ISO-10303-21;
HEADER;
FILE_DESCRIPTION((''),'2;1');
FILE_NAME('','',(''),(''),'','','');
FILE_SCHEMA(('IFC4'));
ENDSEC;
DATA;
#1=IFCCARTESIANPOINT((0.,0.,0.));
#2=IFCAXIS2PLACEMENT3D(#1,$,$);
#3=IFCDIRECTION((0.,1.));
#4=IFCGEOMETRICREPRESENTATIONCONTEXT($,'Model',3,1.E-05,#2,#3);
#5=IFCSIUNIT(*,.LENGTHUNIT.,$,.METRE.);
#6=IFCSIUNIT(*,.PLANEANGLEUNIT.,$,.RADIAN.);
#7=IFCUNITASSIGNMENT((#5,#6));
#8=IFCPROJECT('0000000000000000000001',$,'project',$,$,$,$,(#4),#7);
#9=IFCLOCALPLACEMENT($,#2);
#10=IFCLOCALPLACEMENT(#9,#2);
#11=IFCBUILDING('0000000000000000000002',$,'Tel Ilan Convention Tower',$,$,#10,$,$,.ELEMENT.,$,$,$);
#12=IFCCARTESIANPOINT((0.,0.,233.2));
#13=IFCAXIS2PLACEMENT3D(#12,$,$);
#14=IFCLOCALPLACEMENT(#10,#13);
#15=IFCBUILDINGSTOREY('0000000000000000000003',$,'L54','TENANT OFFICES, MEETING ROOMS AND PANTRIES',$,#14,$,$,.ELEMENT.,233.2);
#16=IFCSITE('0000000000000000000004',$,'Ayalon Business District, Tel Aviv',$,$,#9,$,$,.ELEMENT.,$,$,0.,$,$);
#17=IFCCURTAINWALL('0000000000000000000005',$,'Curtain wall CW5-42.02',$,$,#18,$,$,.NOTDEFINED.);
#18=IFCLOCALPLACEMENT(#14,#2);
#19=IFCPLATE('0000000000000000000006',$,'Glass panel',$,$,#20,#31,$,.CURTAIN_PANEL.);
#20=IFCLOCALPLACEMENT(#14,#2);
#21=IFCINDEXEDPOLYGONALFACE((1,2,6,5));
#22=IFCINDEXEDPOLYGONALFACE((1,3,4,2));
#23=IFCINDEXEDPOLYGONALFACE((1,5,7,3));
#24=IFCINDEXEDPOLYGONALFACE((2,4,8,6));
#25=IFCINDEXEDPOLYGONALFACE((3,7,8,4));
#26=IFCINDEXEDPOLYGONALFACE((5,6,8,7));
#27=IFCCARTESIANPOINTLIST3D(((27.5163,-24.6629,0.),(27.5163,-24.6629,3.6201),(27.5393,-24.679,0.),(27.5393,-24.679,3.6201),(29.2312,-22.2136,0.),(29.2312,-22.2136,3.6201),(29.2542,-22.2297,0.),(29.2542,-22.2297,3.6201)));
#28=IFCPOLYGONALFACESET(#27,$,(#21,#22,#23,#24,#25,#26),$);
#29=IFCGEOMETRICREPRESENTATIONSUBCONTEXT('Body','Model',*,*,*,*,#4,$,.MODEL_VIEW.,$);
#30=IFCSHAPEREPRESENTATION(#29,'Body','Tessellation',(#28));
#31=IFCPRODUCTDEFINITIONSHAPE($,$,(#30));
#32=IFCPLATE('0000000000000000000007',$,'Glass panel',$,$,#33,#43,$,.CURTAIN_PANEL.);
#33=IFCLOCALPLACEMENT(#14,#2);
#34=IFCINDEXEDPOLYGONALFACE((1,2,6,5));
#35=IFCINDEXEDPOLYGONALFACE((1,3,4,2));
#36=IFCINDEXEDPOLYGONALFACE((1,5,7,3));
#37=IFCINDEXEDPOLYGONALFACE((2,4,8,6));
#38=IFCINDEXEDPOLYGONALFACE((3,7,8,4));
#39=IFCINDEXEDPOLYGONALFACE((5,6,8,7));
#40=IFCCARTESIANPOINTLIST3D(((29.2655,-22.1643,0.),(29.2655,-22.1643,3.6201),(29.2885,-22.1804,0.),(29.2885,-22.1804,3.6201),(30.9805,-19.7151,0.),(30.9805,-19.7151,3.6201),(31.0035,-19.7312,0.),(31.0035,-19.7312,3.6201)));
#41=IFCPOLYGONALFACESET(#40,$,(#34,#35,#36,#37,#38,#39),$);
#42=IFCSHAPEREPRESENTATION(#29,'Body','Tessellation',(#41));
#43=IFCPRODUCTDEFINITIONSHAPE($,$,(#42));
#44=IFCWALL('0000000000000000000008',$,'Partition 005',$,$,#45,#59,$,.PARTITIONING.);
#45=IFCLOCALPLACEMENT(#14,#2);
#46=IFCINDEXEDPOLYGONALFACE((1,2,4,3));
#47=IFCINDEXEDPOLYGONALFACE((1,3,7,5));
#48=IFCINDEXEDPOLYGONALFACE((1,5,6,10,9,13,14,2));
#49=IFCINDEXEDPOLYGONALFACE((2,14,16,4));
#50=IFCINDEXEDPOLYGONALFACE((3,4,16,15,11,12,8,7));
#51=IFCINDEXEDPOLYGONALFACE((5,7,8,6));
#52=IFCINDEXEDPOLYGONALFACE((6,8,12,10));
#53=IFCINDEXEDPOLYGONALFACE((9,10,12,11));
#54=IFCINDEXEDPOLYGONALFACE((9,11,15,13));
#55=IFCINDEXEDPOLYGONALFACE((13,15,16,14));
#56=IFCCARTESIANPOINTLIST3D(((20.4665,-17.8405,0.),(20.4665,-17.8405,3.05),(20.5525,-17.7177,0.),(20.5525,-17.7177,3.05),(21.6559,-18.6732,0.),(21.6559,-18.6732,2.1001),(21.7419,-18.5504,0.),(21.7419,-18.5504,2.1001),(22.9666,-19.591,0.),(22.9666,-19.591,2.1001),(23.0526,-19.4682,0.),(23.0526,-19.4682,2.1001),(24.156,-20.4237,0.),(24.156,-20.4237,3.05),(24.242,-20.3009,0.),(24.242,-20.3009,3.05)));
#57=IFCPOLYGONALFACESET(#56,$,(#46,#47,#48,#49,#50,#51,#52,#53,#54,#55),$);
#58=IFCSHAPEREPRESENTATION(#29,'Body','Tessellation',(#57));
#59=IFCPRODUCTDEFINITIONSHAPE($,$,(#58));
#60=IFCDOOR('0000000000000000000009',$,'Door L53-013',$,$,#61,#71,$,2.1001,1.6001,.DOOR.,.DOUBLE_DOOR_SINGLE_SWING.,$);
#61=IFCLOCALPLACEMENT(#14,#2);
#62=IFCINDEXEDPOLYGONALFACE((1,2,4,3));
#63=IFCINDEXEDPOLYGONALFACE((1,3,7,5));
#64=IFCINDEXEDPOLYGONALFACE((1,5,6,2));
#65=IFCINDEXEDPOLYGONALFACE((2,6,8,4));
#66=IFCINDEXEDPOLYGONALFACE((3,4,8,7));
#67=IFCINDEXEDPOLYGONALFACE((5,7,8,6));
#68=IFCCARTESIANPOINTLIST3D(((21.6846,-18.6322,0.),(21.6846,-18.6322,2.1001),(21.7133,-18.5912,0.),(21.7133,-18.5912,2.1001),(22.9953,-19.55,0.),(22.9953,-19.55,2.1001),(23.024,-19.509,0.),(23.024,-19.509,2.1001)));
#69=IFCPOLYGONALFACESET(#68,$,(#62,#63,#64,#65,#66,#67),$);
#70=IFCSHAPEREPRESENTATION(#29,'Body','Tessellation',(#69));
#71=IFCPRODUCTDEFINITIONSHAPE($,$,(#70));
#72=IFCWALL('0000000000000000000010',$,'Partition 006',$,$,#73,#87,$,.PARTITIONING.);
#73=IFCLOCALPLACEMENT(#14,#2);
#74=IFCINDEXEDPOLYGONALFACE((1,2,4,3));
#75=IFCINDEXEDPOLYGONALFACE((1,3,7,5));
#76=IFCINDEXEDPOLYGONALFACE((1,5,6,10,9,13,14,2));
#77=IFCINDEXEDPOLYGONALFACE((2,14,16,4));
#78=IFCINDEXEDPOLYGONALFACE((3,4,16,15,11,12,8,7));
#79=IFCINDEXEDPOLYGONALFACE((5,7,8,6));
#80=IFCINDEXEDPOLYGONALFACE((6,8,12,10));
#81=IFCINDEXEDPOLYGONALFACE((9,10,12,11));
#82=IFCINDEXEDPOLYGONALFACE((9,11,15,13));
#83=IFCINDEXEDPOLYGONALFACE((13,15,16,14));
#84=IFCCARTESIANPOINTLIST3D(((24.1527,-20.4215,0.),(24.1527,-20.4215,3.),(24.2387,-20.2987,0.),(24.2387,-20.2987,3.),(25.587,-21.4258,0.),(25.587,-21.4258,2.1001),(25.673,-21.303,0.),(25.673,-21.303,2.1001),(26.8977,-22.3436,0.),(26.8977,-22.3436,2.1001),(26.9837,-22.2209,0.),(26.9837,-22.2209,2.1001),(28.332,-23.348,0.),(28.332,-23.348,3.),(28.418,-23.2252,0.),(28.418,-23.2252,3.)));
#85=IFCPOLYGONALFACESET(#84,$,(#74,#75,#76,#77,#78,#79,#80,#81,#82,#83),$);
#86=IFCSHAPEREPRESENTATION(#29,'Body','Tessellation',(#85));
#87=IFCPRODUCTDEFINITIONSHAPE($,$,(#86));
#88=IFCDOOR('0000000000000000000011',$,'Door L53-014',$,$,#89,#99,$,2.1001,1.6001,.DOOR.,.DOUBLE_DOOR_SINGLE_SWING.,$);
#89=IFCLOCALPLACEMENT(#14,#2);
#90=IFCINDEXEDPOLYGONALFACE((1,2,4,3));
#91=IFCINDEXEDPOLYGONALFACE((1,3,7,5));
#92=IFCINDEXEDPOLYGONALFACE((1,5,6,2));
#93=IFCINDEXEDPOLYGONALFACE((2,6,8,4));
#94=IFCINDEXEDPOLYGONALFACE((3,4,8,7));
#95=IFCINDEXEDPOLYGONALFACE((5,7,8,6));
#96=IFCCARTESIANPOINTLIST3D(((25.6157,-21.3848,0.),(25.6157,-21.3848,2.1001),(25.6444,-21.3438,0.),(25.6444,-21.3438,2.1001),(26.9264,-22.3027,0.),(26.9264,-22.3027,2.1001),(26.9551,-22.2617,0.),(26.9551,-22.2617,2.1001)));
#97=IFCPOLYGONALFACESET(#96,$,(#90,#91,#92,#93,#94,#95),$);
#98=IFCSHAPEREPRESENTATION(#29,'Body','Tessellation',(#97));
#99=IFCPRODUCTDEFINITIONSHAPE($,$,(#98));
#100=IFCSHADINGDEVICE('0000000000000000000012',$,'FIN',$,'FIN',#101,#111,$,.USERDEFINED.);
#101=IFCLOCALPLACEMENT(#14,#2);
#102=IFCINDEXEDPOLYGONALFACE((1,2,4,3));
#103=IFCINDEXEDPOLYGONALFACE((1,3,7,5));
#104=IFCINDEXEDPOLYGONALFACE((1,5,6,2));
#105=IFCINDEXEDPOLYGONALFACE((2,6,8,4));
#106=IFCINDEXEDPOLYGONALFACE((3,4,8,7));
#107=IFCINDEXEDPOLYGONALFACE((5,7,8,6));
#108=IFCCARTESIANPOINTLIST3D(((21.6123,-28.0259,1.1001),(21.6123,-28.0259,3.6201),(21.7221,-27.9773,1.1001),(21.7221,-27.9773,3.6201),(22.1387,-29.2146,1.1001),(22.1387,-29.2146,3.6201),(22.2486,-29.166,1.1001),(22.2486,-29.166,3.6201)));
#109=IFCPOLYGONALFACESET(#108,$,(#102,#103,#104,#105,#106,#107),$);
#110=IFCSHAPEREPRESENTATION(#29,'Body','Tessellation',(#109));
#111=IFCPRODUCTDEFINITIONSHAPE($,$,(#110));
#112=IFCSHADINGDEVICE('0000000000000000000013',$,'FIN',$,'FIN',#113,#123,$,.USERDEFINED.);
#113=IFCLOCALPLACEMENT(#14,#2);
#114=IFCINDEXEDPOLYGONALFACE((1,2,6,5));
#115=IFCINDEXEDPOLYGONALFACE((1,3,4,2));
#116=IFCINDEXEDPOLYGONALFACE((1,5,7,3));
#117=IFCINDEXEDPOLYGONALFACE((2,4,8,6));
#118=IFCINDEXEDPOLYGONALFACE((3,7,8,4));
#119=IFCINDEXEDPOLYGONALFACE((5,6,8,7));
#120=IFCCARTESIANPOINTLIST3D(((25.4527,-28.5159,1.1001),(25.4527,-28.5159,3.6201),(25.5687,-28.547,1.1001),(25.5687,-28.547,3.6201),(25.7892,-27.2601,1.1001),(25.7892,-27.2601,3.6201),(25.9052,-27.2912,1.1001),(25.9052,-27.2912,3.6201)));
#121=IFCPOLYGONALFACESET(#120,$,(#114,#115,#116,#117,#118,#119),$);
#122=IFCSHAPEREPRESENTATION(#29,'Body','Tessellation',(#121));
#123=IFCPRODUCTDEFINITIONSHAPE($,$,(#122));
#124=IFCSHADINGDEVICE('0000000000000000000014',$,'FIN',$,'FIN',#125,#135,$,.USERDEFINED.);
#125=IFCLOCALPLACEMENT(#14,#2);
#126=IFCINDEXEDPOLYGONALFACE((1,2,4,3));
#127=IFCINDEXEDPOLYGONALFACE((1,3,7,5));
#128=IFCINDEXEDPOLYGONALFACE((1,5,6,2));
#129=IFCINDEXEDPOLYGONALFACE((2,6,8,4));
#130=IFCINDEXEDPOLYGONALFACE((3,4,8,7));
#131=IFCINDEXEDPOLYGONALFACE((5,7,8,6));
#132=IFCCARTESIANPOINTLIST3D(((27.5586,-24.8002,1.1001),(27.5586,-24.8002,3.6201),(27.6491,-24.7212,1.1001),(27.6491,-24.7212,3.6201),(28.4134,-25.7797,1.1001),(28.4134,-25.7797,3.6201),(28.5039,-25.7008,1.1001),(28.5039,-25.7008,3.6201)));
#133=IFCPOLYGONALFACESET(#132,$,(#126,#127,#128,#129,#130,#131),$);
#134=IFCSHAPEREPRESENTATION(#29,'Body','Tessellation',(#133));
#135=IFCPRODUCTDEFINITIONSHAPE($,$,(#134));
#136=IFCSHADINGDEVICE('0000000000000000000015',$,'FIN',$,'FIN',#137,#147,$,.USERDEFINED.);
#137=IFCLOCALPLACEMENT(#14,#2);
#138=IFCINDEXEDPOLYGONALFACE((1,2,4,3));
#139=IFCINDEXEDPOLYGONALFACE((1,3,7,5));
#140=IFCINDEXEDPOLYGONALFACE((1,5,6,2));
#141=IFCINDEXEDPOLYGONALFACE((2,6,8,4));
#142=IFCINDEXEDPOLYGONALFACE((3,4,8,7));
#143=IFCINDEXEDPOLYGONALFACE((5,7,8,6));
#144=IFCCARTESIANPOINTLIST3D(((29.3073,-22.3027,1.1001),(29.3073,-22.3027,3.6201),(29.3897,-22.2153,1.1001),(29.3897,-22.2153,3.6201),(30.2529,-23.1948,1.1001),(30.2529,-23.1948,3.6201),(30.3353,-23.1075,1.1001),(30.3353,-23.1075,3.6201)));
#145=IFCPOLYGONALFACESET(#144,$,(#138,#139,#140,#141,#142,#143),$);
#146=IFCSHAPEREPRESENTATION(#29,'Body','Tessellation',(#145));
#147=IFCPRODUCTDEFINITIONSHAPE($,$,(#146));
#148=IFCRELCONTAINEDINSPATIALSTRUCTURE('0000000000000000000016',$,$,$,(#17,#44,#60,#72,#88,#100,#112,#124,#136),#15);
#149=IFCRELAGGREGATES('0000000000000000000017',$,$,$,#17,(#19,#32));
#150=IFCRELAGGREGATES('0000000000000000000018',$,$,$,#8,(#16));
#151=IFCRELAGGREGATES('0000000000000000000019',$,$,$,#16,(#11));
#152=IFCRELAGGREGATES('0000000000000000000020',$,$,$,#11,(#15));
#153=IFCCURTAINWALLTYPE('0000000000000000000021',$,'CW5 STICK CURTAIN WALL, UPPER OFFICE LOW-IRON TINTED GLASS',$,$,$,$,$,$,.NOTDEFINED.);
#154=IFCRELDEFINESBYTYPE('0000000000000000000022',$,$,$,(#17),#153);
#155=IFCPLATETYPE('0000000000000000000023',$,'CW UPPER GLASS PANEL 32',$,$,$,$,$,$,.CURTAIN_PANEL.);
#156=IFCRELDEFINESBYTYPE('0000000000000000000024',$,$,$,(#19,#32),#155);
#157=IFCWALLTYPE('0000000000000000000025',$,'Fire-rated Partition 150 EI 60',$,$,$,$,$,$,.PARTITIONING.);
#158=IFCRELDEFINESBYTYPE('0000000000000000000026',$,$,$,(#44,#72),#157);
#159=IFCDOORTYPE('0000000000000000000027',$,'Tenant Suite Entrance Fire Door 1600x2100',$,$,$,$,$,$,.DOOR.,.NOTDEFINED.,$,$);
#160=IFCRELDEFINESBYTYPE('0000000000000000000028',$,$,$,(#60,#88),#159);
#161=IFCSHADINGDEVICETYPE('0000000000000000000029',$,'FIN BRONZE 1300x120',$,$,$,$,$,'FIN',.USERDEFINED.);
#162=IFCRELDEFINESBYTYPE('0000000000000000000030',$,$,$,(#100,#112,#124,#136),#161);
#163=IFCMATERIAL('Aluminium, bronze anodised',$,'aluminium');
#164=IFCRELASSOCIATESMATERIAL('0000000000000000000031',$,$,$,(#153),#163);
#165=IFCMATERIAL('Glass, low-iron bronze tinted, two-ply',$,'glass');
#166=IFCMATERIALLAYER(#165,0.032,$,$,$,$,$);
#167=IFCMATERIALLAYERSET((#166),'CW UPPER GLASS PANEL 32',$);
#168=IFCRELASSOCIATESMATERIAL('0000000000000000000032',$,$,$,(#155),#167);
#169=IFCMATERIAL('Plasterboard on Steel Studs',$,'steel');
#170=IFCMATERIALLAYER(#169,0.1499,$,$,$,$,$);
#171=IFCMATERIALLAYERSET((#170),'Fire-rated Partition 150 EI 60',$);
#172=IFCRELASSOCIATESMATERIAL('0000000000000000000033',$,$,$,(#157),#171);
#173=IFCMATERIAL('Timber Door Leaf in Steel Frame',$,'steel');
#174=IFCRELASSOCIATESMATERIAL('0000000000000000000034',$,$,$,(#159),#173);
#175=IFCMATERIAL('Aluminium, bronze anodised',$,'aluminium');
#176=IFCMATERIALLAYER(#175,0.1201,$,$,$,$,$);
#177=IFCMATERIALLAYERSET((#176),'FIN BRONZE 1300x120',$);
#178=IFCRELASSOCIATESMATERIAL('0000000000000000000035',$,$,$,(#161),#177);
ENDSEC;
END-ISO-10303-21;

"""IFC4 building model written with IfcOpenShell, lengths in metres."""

from ifc_helpers import new_model, si_unit, direction, frame, frame_2d, origin, origin_2d, place, context, subcontext, project, spatial, rectangle, extrude, material, layer, layer_set, type_object, element, fill, aggregate, save


model = new_model("IFC4")

# Units and contexts
model_context = context("Model", 3, precision=1e-05, world=origin(), true_north=direction((0.0, 1.0)))
body_context = subcontext(model_context, "Body", "Model", "MODEL_VIEW")
ifc_project = project(units=[si_unit("LENGTHUNIT", "METRE"), si_unit("PLANEANGLEUNIT", "RADIAN")], contexts=[model_context])

# Site, building, storey
site_placement = place(None, origin())
site = spatial("IfcSite", under=ifc_project, at=site_placement, Name="Ayalon Business District, Tel Aviv", CompositionType="ELEMENT", RefElevation=0.0)
building_placement = place(site_placement, origin())
building = spatial("IfcBuilding", under=site, at=building_placement, Name="Tel Ilan Convention Tower", CompositionType="ELEMENT")
storey_placement = place(building_placement, frame((0.0, 0.0, 233.2)))
storey = spatial("IfcBuildingStorey", under=building, at=storey_placement, Name="L54", Description="TENANT OFFICES, MEETING ROOMS AND PANTRIES", CompositionType="ELEMENT", Elevation=233.2)

# Curtain wall, plates
ifc_material_1 = material(Name="Aluminium, bronze anodised", Category="aluminium")
curtain_wall_type = type_object("IfcCurtainWallType", Name="CW5 STICK CURTAIN WALL, UPPER OFFICE LOW-IRON TINTED GLASS", PredefinedType="NOTDEFINED", material=ifc_material_1)
curtain_wall_placement = place(storey_placement, origin())
curtain_wall = element("IfcCurtainWall", 1, at=curtain_wall_placement, inside=storey, type_object=curtain_wall_type, Name="Curtain wall CW5-42.02", PredefinedType="NOTDEFINED")
ifc_material_2 = material(Name="Glass, low-iron bronze tinted, two-ply", Category="glass")
ifc_layer_1 = layer(ifc_material_2, 0.032)
ifc_layer_set_1 = layer_set([ifc_layer_1], Name="CW UPPER GLASS PANEL 32")
plate_type = type_object("IfcPlateType", Name="CW UPPER GLASS PANEL 32", PredefinedType="CURTAIN_PANEL", material=ifc_layer_set_1)
plate_1_placement = place(storey_placement, frame((28.3853, -23.4463, 0.0), z_axis=(0.0, 0.0, 1.0), x_axis=(0.573576, 0.819152, 0.0)))
plate_1 = element("IfcPlate", 2, at=plate_1_placement, type_object=plate_type, Name="Glass panel", PredefinedType="CURTAIN_PANEL", context=body_context, shape_type="SweptSolid", body=[
    extrude(rectangle(XDim=2.99, YDim=0.0281, at=origin_2d()), origin(), (0.0, 0.0, 1.0), 3.6201),
])
plate_2_placement = place(storey_placement, frame((30.1345, -20.9478, 0.0), z_axis=(0.0, 0.0, 1.0), x_axis=(0.573576, 0.819152, 0.0)))
plate_2 = element("IfcPlate", 3, at=plate_2_placement, type_object=plate_type, Name="Glass panel", PredefinedType="CURTAIN_PANEL", context=body_context, shape_type="SweptSolid", body=[
    extrude(rectangle(XDim=2.99, YDim=0.0281, at=origin_2d()), origin(), (0.0, 0.0, 1.0), 3.6201),
])
aggregate(curtain_wall, [plate_1, plate_2])

# Walls, openings, doors
ifc_material_3 = material(Name="Plasterboard on Steel Studs", Category="steel")
ifc_layer_2 = layer(ifc_material_3, 0.1499)
ifc_layer_set_2 = layer_set([ifc_layer_2], Name="Fire-rated Partition 150 EI 60")
wall_type = type_object("IfcWallType", Name="Fire-rated Partition 150 EI 60", PredefinedType="PARTITIONING", material=ifc_layer_set_2)
wall_1_placement = place(storey_placement, frame((24.199, -20.3623, 0.0), z_axis=(0.0, 0.0, 1.0), x_axis=(-0.819166, 0.573557, 0.0)))
wall_1 = element("IfcWall", 4, at=wall_1_placement, inside=storey, type_object=wall_type, Name="Partition 005", PredefinedType="PARTITIONING", context=body_context, shape_type="SweptSolid", body=[
    extrude(rectangle(XDim=4.5039, YDim=0.1499, at=frame_2d((2.252, 0.0))), origin(), (0.0, 0.0, 1.0), 3.05),
])
opening_1_placement = place(wall_1_placement, frame((1.4519, 0.0, 0.0)))
opening_1 = element("IfcOpeningElement", 5, at=opening_1_placement, cuts=wall_1, PredefinedType="OPENING", context=body_context, shape_type="SweptSolid", body=[
    extrude(rectangle(XDim=1.6001, YDim=2.1001, at=frame_2d((0.8, 1.05))), frame((0.0, 0.085, 0.0), z_axis=(0.0, -1.0, 0.0), x_axis=(1.0, 0.0, 0.0)), (0.0, 0.0, 1.0), 0.1699),
])
ifc_material_4 = material(Name="Timber Door Leaf in Steel Frame", Category="steel")
door_type = type_object("IfcDoorType", Name="Tenant Suite Entrance Fire Door 1600x2100", OperationType="NOTDEFINED", PredefinedType="DOOR", material=ifc_material_4)
door_1_placement = place(opening_1_placement, origin())
door_1 = element("IfcDoor", 6, at=door_1_placement, inside=storey, type_object=door_type, Name="Door L53-013", OperationType="DOUBLE_DOOR_SINGLE_SWING", OverallHeight=2.1001, OverallWidth=1.6001, PredefinedType="DOOR", context=body_context, shape_type="SweptSolid", body=[
    extrude(rectangle(XDim=1.6001, YDim=2.1001, at=frame_2d((0.8, 1.05))), frame((0.0, 0.0249, 0.0), z_axis=(0.0, -1.0, 0.0), x_axis=(1.0, 0.0, 0.0)), (0.0, 0.0, 1.0), 0.05),
])
fill(opening_1, door_1)
wall_2_placement = place(storey_placement, frame((28.375, -23.2866, 0.0), z_axis=(0.0, 0.0, 1.0), x_axis=(-0.819133, 0.573604, 0.0)))
wall_2 = element("IfcWall", 7, at=wall_2_placement, inside=storey, type_object=wall_type, Name="Partition 006", PredefinedType="PARTITIONING", context=body_context, shape_type="SweptSolid", body=[
    extrude(rectangle(XDim=5.1021, YDim=0.1499, at=frame_2d((2.551, 0.0))), origin(), (0.0, 0.0, 1.0), 3.0),
])
opening_2_placement = place(wall_2_placement, frame((1.751, 0.0, 0.0)))
opening_2 = element("IfcOpeningElement", 8, at=opening_2_placement, cuts=wall_2, PredefinedType="OPENING", context=body_context, shape_type="SweptSolid", body=[
    extrude(rectangle(XDim=1.6001, YDim=2.1001, at=frame_2d((0.8, 1.05))), frame((0.0, 0.085, 0.0), z_axis=(0.0, -1.0, 0.0), x_axis=(1.0, 0.0, 0.0)), (0.0, 0.0, 1.0), 0.1699),
])
door_2_placement = place(opening_2_placement, origin())
door_2 = element("IfcDoor", 9, at=door_2_placement, inside=storey, type_object=door_type, Name="Door L53-014", OperationType="DOUBLE_DOOR_SINGLE_SWING", OverallHeight=2.1001, OverallWidth=1.6001, PredefinedType="DOOR", context=body_context, shape_type="SweptSolid", body=[
    extrude(rectangle(XDim=1.6001, YDim=2.1001, at=frame_2d((0.8, 1.05))), frame((0.0, 0.0249, 0.0), z_axis=(0.0, -1.0, 0.0), x_axis=(1.0, 0.0, 0.0)), (0.0, 0.0, 1.0), 0.05),
])
fill(opening_2, door_2)

# Shading devices
ifc_material_5 = material(Name="Aluminium, bronze anodised", Category="aluminium")
ifc_layer_3 = layer(ifc_material_5, 0.1201)
ifc_layer_set_3 = layer_set([ifc_layer_3], Name="FIN BRONZE 1300x120")
shading_device_type = type_object("IfcShadingDeviceType", Name="FIN BRONZE 1300x120", ElementType="FIN", PredefinedType="USERDEFINED", material=ifc_layer_set_3)
for number, where, z_axis, x_axis, name in (
    (10, (21.9304, -28.5959, 1.1001), (0.0, 0.0, 1.0), (0.404964, -0.914333, 0.0), "FIN"),
    (11, (25.679, -27.9036, 1.1001), (0.0, 0.0, 1.0), (-0.258819, -0.965926, 0.0), "FIN"),
    (12, (28.0312, -25.2505, 1.1001), (0.0, 0.0, 1.0), (0.657521, -0.753436, 0.0), "FIN"),
    (13, (29.8213, -22.7051, 1.1001), (0.0, 0.0, 1.0), (0.727374, -0.686242, 0.0), "FIN"),
):
    element("IfcShadingDevice", number, at=place(storey_placement, frame(where, z_axis=z_axis, x_axis=x_axis)), inside=storey, type_object=shading_device_type, Name=name, ObjectType="FIN", PredefinedType="USERDEFINED", context=body_context, shape_type="SweptSolid", body=[
        extrude(rectangle(XDim=1.3, YDim=0.1201, at=origin_2d()), origin(), (0.0, 0.0, 1.0), 2.52),
    ])

save(model, "model.ifc")
